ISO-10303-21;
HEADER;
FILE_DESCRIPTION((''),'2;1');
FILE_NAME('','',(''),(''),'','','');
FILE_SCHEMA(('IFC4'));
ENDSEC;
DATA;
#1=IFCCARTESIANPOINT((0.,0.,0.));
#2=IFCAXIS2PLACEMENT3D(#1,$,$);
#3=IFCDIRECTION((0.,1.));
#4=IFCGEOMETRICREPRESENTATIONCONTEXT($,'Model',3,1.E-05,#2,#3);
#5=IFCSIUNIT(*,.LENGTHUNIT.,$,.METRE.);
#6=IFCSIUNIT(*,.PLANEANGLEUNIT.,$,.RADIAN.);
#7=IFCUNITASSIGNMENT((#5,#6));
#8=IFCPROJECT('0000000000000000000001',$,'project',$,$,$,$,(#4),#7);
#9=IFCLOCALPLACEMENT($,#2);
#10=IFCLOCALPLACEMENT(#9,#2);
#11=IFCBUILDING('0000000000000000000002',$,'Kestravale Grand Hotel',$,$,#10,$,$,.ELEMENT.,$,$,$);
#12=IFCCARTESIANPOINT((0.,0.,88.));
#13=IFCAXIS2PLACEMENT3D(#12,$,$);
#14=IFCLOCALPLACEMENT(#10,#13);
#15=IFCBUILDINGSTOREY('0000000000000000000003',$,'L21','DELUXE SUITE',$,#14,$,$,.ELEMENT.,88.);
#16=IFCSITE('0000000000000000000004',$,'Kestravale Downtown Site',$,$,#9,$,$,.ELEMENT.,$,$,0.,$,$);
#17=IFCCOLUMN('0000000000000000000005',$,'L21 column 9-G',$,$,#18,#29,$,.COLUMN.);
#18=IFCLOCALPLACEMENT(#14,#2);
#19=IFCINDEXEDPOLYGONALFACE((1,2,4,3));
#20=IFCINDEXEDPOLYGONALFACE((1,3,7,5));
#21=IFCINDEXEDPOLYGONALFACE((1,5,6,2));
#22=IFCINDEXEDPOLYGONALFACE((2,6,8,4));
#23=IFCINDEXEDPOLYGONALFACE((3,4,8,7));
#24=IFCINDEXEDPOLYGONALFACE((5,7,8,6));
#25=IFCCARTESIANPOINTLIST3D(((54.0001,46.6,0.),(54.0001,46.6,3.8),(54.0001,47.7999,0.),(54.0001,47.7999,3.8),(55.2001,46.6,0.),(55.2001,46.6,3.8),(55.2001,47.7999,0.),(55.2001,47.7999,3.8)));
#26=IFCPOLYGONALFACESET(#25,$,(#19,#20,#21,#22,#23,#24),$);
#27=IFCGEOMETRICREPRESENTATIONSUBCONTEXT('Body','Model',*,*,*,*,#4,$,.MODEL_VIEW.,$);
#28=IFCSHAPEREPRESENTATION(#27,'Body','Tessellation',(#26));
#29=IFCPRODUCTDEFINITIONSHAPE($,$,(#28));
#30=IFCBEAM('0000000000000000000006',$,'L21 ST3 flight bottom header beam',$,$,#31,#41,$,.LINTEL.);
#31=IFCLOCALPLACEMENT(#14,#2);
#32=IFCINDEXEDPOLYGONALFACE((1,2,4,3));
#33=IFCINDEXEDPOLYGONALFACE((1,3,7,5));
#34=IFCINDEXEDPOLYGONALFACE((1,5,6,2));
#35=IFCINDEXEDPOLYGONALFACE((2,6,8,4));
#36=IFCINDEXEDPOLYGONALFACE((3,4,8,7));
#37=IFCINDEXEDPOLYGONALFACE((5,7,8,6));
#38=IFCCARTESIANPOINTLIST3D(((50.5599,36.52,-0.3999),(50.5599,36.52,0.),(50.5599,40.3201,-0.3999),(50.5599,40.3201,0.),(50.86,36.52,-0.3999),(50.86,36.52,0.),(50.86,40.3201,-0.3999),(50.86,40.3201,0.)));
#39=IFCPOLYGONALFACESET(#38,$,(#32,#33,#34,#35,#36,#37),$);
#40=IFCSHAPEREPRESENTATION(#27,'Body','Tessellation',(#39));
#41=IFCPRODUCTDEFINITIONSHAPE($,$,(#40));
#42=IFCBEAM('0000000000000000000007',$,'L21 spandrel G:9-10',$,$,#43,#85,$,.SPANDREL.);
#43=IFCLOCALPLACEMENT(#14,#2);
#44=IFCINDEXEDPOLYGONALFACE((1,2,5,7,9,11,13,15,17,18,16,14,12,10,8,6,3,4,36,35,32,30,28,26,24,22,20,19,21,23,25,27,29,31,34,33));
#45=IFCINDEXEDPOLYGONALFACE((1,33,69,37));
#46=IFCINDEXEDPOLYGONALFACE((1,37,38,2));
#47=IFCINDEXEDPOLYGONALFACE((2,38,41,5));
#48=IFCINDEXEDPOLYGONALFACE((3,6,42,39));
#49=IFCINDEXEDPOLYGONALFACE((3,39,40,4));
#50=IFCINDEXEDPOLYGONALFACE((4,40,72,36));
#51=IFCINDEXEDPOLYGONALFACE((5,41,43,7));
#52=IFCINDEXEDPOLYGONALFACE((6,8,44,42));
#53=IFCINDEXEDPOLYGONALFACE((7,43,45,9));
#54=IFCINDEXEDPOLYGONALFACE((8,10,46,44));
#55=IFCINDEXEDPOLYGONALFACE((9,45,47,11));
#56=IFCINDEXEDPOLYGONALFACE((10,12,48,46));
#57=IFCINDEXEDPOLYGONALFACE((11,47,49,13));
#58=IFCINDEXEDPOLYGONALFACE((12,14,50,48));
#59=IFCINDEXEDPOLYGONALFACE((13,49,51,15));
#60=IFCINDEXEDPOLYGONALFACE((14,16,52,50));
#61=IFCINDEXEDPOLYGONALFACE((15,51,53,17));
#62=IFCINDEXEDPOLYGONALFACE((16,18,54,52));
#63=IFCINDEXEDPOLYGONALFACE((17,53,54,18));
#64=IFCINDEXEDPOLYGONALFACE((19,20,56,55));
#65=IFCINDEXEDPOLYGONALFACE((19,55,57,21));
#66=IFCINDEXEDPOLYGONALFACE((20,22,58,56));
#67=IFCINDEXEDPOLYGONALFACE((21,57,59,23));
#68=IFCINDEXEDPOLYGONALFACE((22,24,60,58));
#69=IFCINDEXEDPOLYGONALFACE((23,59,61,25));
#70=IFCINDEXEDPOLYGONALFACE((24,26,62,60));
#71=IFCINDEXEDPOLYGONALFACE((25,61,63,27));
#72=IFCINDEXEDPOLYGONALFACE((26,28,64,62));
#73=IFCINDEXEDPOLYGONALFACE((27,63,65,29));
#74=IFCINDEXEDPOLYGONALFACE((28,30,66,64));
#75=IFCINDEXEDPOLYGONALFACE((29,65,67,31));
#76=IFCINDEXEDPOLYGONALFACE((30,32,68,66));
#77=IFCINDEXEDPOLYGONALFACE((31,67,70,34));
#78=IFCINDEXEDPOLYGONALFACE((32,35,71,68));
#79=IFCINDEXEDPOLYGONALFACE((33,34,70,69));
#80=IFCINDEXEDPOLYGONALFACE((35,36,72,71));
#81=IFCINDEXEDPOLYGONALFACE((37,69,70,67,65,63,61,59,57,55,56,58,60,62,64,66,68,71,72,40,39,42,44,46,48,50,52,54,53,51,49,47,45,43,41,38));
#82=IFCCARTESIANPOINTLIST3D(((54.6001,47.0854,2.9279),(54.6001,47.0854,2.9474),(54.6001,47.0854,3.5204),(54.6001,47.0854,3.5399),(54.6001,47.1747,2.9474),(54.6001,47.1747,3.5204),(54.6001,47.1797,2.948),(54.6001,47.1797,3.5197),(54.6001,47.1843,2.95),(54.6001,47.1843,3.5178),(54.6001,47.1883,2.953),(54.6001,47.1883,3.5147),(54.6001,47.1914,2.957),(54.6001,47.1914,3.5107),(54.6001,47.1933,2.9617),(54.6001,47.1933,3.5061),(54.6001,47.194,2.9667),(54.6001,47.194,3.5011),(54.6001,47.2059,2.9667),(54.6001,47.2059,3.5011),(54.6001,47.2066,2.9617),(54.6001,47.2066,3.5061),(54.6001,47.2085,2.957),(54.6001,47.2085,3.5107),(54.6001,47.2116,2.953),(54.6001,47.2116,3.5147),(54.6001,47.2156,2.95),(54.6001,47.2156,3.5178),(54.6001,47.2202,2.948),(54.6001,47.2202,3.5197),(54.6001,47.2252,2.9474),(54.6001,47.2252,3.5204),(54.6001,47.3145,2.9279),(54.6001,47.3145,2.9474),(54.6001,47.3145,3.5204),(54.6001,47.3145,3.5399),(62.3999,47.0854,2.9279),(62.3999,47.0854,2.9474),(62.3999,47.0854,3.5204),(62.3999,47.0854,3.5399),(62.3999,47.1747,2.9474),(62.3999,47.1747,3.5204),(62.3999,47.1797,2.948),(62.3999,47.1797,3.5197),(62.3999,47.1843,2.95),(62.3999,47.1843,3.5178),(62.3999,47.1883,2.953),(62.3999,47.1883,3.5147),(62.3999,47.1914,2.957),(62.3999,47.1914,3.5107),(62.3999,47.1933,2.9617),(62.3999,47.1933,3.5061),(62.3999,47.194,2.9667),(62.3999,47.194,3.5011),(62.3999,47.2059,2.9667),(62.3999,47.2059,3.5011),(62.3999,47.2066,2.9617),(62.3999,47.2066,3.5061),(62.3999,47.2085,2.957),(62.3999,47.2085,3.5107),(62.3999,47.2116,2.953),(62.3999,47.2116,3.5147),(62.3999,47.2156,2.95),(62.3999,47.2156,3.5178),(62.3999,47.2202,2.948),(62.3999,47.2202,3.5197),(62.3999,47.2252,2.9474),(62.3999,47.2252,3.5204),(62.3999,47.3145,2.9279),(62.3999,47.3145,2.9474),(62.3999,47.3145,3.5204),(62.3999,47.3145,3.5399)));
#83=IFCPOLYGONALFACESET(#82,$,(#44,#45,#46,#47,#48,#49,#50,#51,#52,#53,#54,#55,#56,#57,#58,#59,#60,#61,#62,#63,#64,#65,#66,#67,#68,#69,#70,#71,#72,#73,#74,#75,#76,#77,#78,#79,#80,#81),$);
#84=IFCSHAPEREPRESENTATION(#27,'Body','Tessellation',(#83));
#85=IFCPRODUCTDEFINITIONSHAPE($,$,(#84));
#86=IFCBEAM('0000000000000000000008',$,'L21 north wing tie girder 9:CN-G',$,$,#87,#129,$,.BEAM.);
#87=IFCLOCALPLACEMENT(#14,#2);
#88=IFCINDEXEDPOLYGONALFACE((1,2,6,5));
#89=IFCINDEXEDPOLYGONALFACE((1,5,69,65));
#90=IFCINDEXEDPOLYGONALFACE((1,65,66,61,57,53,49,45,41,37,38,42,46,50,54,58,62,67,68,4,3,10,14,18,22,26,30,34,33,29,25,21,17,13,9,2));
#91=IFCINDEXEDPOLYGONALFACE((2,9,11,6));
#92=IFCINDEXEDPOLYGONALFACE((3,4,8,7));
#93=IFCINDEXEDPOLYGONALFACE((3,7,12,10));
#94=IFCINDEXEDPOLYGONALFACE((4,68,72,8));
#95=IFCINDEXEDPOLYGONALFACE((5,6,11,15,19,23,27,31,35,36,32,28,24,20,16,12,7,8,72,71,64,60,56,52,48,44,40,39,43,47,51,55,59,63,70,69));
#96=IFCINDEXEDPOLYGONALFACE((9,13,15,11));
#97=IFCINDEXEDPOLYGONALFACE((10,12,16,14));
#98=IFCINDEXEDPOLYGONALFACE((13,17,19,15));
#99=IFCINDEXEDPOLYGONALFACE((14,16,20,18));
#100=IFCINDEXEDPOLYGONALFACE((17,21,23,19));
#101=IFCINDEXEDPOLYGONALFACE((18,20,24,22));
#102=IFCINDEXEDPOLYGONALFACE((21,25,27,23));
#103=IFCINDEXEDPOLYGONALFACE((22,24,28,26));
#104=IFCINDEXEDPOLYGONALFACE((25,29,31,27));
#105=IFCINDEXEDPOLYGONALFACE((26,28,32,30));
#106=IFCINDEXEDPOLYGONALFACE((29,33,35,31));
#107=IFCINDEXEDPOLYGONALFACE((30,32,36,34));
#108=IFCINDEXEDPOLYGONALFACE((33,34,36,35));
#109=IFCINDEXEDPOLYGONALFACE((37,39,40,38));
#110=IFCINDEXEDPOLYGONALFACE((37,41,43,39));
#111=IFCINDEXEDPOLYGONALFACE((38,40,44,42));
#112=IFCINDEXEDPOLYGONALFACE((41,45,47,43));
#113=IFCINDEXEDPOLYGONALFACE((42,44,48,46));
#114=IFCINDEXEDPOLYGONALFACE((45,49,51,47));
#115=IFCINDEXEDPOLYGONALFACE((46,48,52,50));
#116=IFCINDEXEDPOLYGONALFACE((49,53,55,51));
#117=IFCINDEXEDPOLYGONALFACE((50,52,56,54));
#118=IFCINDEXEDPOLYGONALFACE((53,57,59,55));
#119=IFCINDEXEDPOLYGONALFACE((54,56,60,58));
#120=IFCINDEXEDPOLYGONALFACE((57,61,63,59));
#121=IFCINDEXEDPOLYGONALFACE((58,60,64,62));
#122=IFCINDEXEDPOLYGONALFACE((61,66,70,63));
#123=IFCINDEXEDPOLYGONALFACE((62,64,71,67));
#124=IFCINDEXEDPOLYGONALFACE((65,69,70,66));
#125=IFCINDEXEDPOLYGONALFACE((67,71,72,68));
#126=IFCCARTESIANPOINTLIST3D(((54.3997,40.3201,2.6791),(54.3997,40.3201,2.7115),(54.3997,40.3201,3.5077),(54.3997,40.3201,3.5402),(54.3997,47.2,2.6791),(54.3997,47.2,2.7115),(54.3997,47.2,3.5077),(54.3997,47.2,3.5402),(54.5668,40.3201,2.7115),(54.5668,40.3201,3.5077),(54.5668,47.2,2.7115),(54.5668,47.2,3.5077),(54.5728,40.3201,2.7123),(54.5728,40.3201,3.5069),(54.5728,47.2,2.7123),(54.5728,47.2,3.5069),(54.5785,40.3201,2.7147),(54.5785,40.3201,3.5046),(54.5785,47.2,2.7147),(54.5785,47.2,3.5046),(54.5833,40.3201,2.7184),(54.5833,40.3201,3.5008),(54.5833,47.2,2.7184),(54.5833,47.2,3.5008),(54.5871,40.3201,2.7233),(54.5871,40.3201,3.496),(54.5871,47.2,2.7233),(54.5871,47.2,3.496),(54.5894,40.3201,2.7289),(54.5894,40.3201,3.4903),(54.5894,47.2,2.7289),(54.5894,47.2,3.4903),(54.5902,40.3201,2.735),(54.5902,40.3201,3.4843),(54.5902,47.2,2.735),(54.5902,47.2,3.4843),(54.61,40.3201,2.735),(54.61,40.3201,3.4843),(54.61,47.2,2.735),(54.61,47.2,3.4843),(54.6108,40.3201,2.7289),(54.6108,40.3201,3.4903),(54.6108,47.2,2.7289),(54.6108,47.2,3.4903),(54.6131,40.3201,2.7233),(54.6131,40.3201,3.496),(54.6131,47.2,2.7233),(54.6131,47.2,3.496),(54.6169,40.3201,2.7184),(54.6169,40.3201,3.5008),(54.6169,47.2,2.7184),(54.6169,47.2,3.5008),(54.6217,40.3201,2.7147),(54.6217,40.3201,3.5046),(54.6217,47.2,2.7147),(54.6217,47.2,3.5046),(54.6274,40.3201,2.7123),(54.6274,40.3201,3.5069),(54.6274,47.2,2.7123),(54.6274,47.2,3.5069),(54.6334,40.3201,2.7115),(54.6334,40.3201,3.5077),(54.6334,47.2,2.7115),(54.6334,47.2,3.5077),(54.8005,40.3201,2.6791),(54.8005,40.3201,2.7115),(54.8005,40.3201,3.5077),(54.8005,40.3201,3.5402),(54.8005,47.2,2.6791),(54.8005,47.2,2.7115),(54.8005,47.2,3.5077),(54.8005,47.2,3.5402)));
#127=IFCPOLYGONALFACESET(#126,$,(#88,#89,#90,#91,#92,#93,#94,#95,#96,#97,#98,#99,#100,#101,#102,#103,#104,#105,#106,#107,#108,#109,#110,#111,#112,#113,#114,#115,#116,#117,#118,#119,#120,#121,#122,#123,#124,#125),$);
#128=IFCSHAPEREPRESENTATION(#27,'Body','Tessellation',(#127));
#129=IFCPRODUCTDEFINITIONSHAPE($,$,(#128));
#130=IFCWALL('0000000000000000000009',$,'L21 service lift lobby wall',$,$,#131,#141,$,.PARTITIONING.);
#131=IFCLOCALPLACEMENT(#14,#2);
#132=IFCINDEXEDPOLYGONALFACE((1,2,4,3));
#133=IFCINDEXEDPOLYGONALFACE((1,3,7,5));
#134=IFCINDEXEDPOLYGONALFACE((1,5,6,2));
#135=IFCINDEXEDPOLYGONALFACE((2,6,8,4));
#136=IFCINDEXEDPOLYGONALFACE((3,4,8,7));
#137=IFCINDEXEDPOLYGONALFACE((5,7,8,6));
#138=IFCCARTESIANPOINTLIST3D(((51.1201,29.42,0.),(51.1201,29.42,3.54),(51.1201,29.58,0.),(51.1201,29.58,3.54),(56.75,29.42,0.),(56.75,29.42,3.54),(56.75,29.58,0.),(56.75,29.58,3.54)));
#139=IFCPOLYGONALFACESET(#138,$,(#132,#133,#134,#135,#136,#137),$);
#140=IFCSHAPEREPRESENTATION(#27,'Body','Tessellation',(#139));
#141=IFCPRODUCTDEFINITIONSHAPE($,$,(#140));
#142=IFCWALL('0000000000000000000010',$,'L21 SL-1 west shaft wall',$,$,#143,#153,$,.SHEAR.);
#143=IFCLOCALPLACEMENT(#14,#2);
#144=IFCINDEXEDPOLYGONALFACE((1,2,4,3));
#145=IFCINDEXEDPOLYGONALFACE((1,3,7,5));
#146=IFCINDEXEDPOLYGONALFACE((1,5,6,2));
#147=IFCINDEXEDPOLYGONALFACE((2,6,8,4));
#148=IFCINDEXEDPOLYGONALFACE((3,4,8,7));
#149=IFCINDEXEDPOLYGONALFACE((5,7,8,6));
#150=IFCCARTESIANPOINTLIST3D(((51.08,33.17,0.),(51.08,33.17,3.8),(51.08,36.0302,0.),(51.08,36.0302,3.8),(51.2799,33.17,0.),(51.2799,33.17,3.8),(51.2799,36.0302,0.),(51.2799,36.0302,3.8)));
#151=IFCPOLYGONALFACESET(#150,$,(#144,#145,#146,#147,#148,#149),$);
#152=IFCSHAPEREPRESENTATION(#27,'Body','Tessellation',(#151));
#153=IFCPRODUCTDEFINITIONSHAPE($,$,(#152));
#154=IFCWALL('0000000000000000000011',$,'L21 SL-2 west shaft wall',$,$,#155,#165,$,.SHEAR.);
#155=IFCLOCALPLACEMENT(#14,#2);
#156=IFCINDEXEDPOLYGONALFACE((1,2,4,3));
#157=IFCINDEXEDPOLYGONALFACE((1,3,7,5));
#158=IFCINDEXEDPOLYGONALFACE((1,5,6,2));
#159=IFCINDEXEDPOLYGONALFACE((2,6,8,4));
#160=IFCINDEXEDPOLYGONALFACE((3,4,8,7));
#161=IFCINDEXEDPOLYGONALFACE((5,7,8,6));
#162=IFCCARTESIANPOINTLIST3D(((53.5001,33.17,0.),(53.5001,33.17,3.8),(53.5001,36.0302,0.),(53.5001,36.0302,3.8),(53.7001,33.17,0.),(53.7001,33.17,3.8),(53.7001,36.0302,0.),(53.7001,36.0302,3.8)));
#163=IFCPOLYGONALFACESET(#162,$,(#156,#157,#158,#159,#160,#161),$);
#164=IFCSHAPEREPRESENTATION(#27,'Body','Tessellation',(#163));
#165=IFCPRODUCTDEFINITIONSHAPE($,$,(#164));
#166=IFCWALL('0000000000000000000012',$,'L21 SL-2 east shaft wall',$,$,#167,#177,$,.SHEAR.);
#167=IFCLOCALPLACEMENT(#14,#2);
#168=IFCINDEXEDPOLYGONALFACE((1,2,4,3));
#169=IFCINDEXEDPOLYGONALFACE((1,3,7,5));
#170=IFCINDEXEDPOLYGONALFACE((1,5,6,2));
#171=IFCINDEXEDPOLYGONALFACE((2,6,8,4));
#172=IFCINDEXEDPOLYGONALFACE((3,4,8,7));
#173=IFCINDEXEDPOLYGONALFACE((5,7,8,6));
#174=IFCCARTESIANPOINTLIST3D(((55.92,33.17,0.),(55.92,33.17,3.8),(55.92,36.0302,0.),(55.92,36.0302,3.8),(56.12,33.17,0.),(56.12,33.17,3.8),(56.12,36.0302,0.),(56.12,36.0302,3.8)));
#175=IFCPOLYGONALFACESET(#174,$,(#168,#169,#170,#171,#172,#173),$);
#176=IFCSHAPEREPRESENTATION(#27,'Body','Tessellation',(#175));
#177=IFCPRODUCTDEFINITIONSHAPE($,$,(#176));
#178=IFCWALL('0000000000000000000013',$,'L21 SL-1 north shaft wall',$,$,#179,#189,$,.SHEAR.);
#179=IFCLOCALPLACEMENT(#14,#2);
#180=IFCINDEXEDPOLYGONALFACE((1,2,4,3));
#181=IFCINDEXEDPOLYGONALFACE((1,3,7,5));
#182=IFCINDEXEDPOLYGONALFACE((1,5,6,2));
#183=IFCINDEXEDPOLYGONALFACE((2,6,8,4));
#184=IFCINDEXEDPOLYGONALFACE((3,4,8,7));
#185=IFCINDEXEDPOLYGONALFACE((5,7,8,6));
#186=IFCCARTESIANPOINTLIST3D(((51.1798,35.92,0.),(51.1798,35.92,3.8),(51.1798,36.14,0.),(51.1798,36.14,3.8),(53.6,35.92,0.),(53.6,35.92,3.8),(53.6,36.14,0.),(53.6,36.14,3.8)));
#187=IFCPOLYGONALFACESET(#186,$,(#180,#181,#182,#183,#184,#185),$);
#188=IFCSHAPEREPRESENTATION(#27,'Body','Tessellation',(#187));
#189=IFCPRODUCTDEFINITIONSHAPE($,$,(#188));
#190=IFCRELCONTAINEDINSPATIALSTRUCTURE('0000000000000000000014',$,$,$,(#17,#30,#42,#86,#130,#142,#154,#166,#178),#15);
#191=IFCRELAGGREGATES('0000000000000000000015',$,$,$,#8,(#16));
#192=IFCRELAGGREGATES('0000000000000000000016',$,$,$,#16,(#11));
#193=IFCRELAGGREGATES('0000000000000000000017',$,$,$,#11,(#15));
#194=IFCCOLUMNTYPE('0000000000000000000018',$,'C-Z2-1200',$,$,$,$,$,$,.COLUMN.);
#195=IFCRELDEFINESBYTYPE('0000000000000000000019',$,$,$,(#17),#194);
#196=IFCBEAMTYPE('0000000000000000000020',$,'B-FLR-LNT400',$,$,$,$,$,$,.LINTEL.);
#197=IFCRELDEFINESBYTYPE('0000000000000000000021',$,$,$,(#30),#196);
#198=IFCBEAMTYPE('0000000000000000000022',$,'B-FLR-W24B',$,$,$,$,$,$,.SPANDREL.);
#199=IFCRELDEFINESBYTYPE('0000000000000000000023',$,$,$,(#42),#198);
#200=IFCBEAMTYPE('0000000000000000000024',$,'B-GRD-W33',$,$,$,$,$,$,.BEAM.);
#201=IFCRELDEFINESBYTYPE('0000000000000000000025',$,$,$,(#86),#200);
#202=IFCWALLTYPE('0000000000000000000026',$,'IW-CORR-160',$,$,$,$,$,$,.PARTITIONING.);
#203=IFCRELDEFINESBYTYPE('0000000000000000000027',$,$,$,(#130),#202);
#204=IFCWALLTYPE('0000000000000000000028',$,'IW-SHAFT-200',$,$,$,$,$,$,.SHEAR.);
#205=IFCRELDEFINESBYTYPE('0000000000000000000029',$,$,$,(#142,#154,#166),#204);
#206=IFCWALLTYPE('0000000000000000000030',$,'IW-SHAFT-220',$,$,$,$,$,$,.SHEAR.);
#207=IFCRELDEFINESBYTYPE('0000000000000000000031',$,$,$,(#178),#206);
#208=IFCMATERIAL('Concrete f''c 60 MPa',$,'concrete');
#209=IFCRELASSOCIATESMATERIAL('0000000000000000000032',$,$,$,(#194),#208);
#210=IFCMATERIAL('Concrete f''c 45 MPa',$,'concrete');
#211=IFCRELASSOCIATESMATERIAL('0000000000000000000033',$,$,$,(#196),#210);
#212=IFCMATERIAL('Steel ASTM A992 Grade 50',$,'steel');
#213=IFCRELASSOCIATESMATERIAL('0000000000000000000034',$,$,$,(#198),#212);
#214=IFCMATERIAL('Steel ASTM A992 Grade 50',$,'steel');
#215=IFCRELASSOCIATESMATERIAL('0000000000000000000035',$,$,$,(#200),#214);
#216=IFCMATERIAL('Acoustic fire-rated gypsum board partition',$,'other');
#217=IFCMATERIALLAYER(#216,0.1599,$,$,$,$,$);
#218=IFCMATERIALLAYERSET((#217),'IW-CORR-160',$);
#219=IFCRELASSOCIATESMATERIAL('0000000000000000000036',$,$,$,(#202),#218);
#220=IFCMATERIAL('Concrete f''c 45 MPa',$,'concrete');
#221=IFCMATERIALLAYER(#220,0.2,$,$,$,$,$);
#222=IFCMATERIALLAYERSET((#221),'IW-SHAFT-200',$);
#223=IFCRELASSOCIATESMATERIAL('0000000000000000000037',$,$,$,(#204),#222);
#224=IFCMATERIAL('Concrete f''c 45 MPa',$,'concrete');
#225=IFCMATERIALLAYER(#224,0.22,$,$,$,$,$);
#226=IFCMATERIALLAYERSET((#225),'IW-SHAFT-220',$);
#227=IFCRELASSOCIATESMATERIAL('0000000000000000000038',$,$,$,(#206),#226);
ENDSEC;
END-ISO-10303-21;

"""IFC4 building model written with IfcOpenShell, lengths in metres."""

from ifc_helpers import new_model, si_unit, direction, frame, frame_2d, origin, origin_2d, place, context, subcontext, project, spatial, rectangle, i_section, extrude, material, layer, layer_set, material_profile, profile_set, type_object, element, save


model = new_model("IFC4")

# Units and contexts
model_context = context("Model", 3, precision=1e-05, world=origin(), true_north=direction((0.0, 1.0)))
body_context = subcontext(model_context, "Body", "Model", "MODEL_VIEW")
ifc_project = project(units=[si_unit("LENGTHUNIT", "METRE"), si_unit("PLANEANGLEUNIT", "RADIAN")], contexts=[model_context])

# Site, building, storey
site_placement = place(None, origin())
site = spatial("IfcSite", under=ifc_project, at=site_placement, Name="Kestravale Downtown Site", CompositionType="ELEMENT", RefElevation=0.0)
building_placement = place(site_placement, origin())
building = spatial("IfcBuilding", under=site, at=building_placement, Name="Kestravale Grand Hotel", CompositionType="ELEMENT")
storey_placement = place(building_placement, frame((0.0, 0.0, 88.0)))
storey = spatial("IfcBuildingStorey", under=building, at=storey_placement, Name="L21", Description="DELUXE SUITE", CompositionType="ELEMENT", Elevation=88.0)

# Column
ifc_material_1 = material(Name="Concrete f'c 60 MPa", Category="concrete")
ifc_material_profile_1 = material_profile(ifc_material_1, rectangle(XDim=1.2, YDim=1.2, at=origin_2d()))
ifc_profile_set_1 = profile_set([ifc_material_profile_1], Name="Concrete f'c 60 MPa")
column_type = type_object("IfcColumnType", Name="C-Z2-1200", PredefinedType="COLUMN", material=ifc_profile_set_1)
column_placement = place(storey_placement, frame((54.6001, 47.2, 0.0), z_axis=(0.0, 0.0, 1.0), x_axis=(1.0, 0.0, 0.0)))
element("IfcColumn", 1, at=column_placement, inside=storey, type_object=column_type, Name="L21 column 9-G", PredefinedType="COLUMN", context=body_context, shape_type="SweptSolid", body=[
    extrude(rectangle(XDim=1.2, YDim=1.2, at=origin_2d()), origin(), (0.0, 0.0, 1.0), 3.8),
])

# Beams
ifc_material_2 = material(Name="Concrete f'c 45 MPa", Category="concrete")
ifc_material_profile_2 = material_profile(ifc_material_2, rectangle(XDim=0.3, YDim=0.3999, at=origin_2d()))
ifc_profile_set_2 = profile_set([ifc_material_profile_2], Name="Concrete f'c 45 MPa")
beam_type_1 = type_object("IfcBeamType", Name="B-FLR-LNT400", PredefinedType="LINTEL", material=ifc_profile_set_2)
beam_1_placement = place(storey_placement, frame((50.71, 36.52, -0.2), z_axis=(0.0, 1.0, 0.0), x_axis=(-1.0, 0.0, 0.0)))
element("IfcBeam", 2, at=beam_1_placement, inside=storey, type_object=beam_type_1, Name="L21 ST3 flight bottom header beam", PredefinedType="LINTEL", context=body_context, shape_type="SweptSolid", body=[
    extrude(rectangle(XDim=0.3, YDim=0.3999, at=origin_2d()), origin(), (0.0, 0.0, 1.0), 3.8),
])
ifc_material_3 = material(Name="Steel ASTM A992 Grade 50", Category="steel")
ifc_material_profile_3 = material_profile(ifc_material_3, i_section(OverallWidth=0.229, OverallDepth=0.6121, WebThickness=0.012, FlangeThickness=0.0195, FilletRadius=0.0193, at=origin_2d()))
ifc_profile_set_3 = profile_set([ifc_material_profile_3], Name="Steel ASTM A992 Grade 50")
beam_type_2 = type_object("IfcBeamType", Name="B-FLR-W24B", PredefinedType="SPANDREL", material=ifc_profile_set_3)
beam_2_placement = place(storey_placement, frame((54.6001, 47.2, 3.2339), z_axis=(1.0, 0.0, 0.0), x_axis=(0.0, 1.0, 0.0)))
element("IfcBeam", 3, at=beam_2_placement, inside=storey, type_object=beam_type_2, Name="L21 spandrel G:9-10", PredefinedType="SPANDREL", context=body_context, shape_type="SweptSolid", body=[
    extrude(i_section(OverallWidth=0.229, OverallDepth=0.6121, WebThickness=0.012, FlangeThickness=0.0195, FilletRadius=0.0193, at=origin_2d()), origin(), (0.0, 0.0, 1.0), 7.7998),
])
ifc_material_4 = material(Name="Steel ASTM A992 Grade 50", Category="steel")
ifc_material_profile_4 = material_profile(ifc_material_4, i_section(OverallWidth=0.4009, OverallDepth=0.8611, WebThickness=0.0198, FlangeThickness=0.0325, FilletRadius=0.0234, at=origin_2d()))
ifc_profile_set_4 = profile_set([ifc_material_profile_4], Name="Steel ASTM A992 Grade 50")
beam_type_3 = type_object("IfcBeamType", Name="B-GRD-W33", PredefinedType="BEAM", material=ifc_profile_set_4)
beam_3_placement = place(storey_placement, frame((54.6001, 40.3201, 3.1096), z_axis=(0.0, 1.0, 0.0), x_axis=(-1.0, 0.0, 0.0)))
element("IfcBeam", 4, at=beam_3_placement, inside=storey, type_object=beam_type_3, Name="L21 north wing tie girder 9:CN-G", PredefinedType="BEAM", context=body_context, shape_type="SweptSolid", body=[
    extrude(i_section(OverallWidth=0.4009, OverallDepth=0.8611, WebThickness=0.0198, FlangeThickness=0.0325, FilletRadius=0.0234, at=origin_2d()), origin(), (0.0, 0.0, 1.0), 6.8799),
])

# Shared definitions
ifc_material_5 = material(Name="Acoustic fire-rated gypsum board partition", Category="other")
ifc_layer_1 = layer(ifc_material_5, 0.1599)
ifc_layer_set_1 = layer_set([ifc_layer_1], Name="IW-CORR-160")
wall_type_1 = type_object("IfcWallType", Name="IW-CORR-160", PredefinedType="PARTITIONING", material=ifc_layer_set_1)

# Walls
wall_1_placement = place(storey_placement, frame((51.1201, 29.5, 0.0), z_axis=(0.0, 0.0, 1.0), x_axis=(1.0, 0.0, 0.0)))
element("IfcWall", 5, at=wall_1_placement, inside=storey, type_object=wall_type_1, Name="L21 service lift lobby wall", PredefinedType="PARTITIONING", context=body_context, shape_type="SweptSolid", body=[
    extrude(rectangle(XDim=5.6299, YDim=0.1599, at=frame_2d((2.8149, 0.0))), origin(), (0.0, 0.0, 1.0), 3.54),
])
ifc_material_6 = material(Name="Concrete f'c 45 MPa", Category="concrete")
ifc_layer_2 = layer(ifc_material_6, 0.2)
ifc_layer_set_2 = layer_set([ifc_layer_2], Name="IW-SHAFT-200")
wall_type_2 = type_object("IfcWallType", Name="IW-SHAFT-200", PredefinedType="SHEAR", material=ifc_layer_set_2)
for number, where, z_axis, x_axis, name in (
    (6, (51.1799, 33.1699, 0.0), (0.0, 0.0, 1.0), (0.0, 1.0, 0.0), "L21 SL-1 west shaft wall"),
    (7, (53.6001, 33.1699, 0.0), (0.0, 0.0, 1.0), (0.0, 1.0, 0.0), "L21 SL-2 west shaft wall"),
    (8, (56.02, 33.1699, 0.0), (0.0, 0.0, 1.0), (0.0, 1.0, 0.0), "L21 SL-2 east shaft wall"),
):
    element("IfcWall", number, at=place(storey_placement, frame(where, z_axis=z_axis, x_axis=x_axis)), inside=storey, type_object=wall_type_2, Name=name, PredefinedType="SHEAR", context=body_context, shape_type="SweptSolid", body=[
        extrude(rectangle(XDim=2.8601, YDim=0.2, at=frame_2d((1.4302, 0.0))), origin(), (0.0, 0.0, 1.0), 3.8),
    ])
ifc_material_7 = material(Name="Concrete f'c 45 MPa", Category="concrete")
ifc_layer_3 = layer(ifc_material_7, 0.22)
ifc_layer_set_3 = layer_set([ifc_layer_3], Name="IW-SHAFT-220")
wall_type_3 = type_object("IfcWallType", Name="IW-SHAFT-220", PredefinedType="SHEAR", material=ifc_layer_set_3)
wall_2_placement = place(storey_placement, frame((51.1799, 36.03, 0.0), z_axis=(0.0, 0.0, 1.0), x_axis=(1.0, 0.0, 0.0)))
element("IfcWall", 9, at=wall_2_placement, inside=storey, type_object=wall_type_3, Name="L21 SL-1 north shaft wall", PredefinedType="SHEAR", context=body_context, shape_type="SweptSolid", body=[
    extrude(rectangle(XDim=2.4202, YDim=0.22, at=frame_2d((1.21, 0.0))), origin(), (0.0, 0.0, 1.0), 3.8),
])

save(model, "model.ifc")
